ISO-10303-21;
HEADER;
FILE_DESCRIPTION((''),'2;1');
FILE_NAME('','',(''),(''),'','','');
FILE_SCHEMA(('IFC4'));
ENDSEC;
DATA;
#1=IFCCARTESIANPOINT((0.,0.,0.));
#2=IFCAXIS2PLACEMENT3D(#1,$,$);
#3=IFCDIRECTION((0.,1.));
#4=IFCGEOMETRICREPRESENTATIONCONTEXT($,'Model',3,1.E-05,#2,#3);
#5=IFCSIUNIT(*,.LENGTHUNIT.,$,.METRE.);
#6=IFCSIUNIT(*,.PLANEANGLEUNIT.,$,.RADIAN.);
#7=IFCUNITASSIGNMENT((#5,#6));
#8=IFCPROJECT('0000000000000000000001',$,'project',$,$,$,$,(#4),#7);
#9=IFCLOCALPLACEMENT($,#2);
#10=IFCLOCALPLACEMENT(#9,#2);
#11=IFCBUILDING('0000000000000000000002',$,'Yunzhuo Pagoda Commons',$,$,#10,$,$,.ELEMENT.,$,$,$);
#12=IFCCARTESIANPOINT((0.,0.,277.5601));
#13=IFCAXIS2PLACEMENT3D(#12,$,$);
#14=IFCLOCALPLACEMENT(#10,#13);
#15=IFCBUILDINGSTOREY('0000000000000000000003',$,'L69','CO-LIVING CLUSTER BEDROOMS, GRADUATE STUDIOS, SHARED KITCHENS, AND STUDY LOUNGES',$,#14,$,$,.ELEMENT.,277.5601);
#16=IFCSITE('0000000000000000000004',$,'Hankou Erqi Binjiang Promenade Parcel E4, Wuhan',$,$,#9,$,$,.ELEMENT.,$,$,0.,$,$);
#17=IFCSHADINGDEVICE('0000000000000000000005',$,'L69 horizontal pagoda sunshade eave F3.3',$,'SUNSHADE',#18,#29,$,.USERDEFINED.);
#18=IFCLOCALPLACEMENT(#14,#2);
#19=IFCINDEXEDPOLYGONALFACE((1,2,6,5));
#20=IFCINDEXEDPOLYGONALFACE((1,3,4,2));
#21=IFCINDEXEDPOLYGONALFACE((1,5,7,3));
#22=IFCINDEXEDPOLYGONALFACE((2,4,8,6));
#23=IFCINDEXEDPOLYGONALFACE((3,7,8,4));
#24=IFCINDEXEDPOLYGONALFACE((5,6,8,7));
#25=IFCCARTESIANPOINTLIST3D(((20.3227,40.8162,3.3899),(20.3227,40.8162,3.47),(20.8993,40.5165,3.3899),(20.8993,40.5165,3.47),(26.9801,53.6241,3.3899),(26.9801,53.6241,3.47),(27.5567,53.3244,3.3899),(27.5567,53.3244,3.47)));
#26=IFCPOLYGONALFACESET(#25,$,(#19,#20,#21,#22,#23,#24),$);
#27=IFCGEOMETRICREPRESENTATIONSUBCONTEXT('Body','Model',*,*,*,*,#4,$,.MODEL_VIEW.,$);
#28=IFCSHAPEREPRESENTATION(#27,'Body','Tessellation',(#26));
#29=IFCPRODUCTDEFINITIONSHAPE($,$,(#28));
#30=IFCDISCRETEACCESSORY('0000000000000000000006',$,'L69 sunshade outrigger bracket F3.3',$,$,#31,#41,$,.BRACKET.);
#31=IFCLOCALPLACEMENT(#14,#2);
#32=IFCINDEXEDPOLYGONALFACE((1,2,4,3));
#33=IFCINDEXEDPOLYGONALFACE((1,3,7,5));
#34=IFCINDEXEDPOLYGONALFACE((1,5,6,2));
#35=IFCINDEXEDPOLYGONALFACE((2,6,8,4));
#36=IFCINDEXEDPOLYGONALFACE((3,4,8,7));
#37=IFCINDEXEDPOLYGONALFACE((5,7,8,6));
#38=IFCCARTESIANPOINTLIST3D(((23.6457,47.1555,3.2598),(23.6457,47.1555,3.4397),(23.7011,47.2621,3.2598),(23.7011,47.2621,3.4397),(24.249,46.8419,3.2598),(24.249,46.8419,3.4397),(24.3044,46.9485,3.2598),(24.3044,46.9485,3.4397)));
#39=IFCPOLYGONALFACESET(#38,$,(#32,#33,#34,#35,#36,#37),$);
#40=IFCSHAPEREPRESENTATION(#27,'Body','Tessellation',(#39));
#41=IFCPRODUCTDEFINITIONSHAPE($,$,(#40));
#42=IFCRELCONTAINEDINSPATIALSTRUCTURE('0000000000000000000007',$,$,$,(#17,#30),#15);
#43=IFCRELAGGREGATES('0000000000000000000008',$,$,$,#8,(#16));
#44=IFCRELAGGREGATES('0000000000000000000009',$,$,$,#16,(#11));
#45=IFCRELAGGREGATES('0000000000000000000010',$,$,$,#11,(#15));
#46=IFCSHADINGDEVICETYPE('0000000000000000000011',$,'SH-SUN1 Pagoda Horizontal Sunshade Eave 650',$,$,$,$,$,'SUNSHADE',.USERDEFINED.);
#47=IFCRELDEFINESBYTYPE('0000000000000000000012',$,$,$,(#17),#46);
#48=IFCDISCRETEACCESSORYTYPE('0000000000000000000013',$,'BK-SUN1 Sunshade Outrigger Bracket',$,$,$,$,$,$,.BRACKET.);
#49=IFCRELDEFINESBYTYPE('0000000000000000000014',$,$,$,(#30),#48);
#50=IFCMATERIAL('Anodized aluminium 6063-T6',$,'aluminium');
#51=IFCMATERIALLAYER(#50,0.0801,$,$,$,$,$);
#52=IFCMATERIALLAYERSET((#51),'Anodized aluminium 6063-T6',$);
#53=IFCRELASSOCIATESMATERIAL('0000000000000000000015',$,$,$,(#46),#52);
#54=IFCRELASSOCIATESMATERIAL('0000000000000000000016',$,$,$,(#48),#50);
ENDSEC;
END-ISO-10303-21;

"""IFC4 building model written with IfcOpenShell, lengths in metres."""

from ifc_helpers import new_model, si_unit, direction, frame, origin, origin_2d, place, context, subcontext, project, spatial, rectangle, extrude, source, transform, mapped, material, layer, layer_set, type_object, element, save


model = new_model("IFC4")

# Units and contexts
model_context = context("Model", 3, precision=1e-05, world=origin(), true_north=direction((0.0, 1.0)))
body_context = subcontext(model_context, "Body", "Model", "MODEL_VIEW")
ifc_project = project(units=[si_unit("LENGTHUNIT", "METRE"), si_unit("PLANEANGLEUNIT", "RADIAN")], contexts=[model_context])

# Site, building, storey
site_placement = place(None, origin())
site = spatial("IfcSite", under=ifc_project, at=site_placement, Name="Hankou Erqi Binjiang Promenade Parcel E4, Wuhan", CompositionType="ELEMENT", RefElevation=0.0)
building_placement = place(site_placement, origin())
building = spatial("IfcBuilding", under=site, at=building_placement, Name="Yunzhuo Pagoda Commons", CompositionType="ELEMENT")
storey_placement = place(building_placement, frame((0.0, 0.0, 277.5601)))
storey = spatial("IfcBuildingStorey", under=building, at=storey_placement, Name="L69", Description="CO-LIVING CLUSTER BEDROOMS, GRADUATE STUDIOS, SHARED KITCHENS, AND STUDY LOUNGES", CompositionType="ELEMENT", Elevation=277.5601)

# Shared definitions
ifc_material_1 = material(Name="Anodized aluminium 6063-T6", Category="aluminium")

# Shading device
ifc_layer_1 = layer(ifc_material_1, 0.0801)
ifc_layer_set_1 = layer_set([ifc_layer_1], Name="Anodized aluminium 6063-T6")
shading_device_type = type_object("IfcShadingDeviceType", Name="SH-SUN1 Pagoda Horizontal Sunshade Eave 650", ElementType="SUNSHADE", PredefinedType="USERDEFINED", material=ifc_layer_set_1)
shared_shape_1 = source(origin(), body_context, "Body", "SweptSolid", [
    extrude(rectangle(XDim=14.4348, YDim=0.6499, at=origin_2d()), origin(), (0.0, 0.0, 1.0), 0.0801),
])
shading_device_placement = place(storey_placement, frame((23.9397, 47.0703, 3.3899), z_axis=(0.0, 0.0, 1.0), x_axis=(-0.461207, -0.887293, 0.0)))
element("IfcShadingDevice", 1, at=shading_device_placement, inside=storey, type_object=shading_device_type, Name="L69 horizontal pagoda sunshade eave F3.3", ObjectType="SUNSHADE", PredefinedType="USERDEFINED", context=body_context, shape_type="MappedRepresentation", body=[
    mapped(shared_shape_1, transform((0.0, 0.0, 0.0), scale=1.0)),
])

# Discrete accessory
discrete_accessory_type = type_object("IfcDiscreteAccessoryType", Name="BK-SUN1 Sunshade Outrigger Bracket", PredefinedType="BRACKET", material=ifc_material_1)
shared_shape_2 = source(origin(), body_context, "Body", "SweptSolid", [
    extrude(rectangle(XDim=0.1201, YDim=0.6799, at=origin_2d()), origin(), (0.0, 0.0, 1.0), 0.1799),
])
discrete_accessory_placement = place(storey_placement, frame((23.9751, 47.052, 3.2598), z_axis=(0.0, 0.0, 1.0), x_axis=(-0.461207, -0.887293, 0.0)))
element("IfcDiscreteAccessory", 2, at=discrete_accessory_placement, inside=storey, type_object=discrete_accessory_type, Name="L69 sunshade outrigger bracket F3.3", PredefinedType="BRACKET", context=body_context, shape_type="MappedRepresentation", body=[
    mapped(shared_shape_2, transform((0.0, 0.0, 0.0), scale=1.0)),
])

save(model, "model.ifc")
